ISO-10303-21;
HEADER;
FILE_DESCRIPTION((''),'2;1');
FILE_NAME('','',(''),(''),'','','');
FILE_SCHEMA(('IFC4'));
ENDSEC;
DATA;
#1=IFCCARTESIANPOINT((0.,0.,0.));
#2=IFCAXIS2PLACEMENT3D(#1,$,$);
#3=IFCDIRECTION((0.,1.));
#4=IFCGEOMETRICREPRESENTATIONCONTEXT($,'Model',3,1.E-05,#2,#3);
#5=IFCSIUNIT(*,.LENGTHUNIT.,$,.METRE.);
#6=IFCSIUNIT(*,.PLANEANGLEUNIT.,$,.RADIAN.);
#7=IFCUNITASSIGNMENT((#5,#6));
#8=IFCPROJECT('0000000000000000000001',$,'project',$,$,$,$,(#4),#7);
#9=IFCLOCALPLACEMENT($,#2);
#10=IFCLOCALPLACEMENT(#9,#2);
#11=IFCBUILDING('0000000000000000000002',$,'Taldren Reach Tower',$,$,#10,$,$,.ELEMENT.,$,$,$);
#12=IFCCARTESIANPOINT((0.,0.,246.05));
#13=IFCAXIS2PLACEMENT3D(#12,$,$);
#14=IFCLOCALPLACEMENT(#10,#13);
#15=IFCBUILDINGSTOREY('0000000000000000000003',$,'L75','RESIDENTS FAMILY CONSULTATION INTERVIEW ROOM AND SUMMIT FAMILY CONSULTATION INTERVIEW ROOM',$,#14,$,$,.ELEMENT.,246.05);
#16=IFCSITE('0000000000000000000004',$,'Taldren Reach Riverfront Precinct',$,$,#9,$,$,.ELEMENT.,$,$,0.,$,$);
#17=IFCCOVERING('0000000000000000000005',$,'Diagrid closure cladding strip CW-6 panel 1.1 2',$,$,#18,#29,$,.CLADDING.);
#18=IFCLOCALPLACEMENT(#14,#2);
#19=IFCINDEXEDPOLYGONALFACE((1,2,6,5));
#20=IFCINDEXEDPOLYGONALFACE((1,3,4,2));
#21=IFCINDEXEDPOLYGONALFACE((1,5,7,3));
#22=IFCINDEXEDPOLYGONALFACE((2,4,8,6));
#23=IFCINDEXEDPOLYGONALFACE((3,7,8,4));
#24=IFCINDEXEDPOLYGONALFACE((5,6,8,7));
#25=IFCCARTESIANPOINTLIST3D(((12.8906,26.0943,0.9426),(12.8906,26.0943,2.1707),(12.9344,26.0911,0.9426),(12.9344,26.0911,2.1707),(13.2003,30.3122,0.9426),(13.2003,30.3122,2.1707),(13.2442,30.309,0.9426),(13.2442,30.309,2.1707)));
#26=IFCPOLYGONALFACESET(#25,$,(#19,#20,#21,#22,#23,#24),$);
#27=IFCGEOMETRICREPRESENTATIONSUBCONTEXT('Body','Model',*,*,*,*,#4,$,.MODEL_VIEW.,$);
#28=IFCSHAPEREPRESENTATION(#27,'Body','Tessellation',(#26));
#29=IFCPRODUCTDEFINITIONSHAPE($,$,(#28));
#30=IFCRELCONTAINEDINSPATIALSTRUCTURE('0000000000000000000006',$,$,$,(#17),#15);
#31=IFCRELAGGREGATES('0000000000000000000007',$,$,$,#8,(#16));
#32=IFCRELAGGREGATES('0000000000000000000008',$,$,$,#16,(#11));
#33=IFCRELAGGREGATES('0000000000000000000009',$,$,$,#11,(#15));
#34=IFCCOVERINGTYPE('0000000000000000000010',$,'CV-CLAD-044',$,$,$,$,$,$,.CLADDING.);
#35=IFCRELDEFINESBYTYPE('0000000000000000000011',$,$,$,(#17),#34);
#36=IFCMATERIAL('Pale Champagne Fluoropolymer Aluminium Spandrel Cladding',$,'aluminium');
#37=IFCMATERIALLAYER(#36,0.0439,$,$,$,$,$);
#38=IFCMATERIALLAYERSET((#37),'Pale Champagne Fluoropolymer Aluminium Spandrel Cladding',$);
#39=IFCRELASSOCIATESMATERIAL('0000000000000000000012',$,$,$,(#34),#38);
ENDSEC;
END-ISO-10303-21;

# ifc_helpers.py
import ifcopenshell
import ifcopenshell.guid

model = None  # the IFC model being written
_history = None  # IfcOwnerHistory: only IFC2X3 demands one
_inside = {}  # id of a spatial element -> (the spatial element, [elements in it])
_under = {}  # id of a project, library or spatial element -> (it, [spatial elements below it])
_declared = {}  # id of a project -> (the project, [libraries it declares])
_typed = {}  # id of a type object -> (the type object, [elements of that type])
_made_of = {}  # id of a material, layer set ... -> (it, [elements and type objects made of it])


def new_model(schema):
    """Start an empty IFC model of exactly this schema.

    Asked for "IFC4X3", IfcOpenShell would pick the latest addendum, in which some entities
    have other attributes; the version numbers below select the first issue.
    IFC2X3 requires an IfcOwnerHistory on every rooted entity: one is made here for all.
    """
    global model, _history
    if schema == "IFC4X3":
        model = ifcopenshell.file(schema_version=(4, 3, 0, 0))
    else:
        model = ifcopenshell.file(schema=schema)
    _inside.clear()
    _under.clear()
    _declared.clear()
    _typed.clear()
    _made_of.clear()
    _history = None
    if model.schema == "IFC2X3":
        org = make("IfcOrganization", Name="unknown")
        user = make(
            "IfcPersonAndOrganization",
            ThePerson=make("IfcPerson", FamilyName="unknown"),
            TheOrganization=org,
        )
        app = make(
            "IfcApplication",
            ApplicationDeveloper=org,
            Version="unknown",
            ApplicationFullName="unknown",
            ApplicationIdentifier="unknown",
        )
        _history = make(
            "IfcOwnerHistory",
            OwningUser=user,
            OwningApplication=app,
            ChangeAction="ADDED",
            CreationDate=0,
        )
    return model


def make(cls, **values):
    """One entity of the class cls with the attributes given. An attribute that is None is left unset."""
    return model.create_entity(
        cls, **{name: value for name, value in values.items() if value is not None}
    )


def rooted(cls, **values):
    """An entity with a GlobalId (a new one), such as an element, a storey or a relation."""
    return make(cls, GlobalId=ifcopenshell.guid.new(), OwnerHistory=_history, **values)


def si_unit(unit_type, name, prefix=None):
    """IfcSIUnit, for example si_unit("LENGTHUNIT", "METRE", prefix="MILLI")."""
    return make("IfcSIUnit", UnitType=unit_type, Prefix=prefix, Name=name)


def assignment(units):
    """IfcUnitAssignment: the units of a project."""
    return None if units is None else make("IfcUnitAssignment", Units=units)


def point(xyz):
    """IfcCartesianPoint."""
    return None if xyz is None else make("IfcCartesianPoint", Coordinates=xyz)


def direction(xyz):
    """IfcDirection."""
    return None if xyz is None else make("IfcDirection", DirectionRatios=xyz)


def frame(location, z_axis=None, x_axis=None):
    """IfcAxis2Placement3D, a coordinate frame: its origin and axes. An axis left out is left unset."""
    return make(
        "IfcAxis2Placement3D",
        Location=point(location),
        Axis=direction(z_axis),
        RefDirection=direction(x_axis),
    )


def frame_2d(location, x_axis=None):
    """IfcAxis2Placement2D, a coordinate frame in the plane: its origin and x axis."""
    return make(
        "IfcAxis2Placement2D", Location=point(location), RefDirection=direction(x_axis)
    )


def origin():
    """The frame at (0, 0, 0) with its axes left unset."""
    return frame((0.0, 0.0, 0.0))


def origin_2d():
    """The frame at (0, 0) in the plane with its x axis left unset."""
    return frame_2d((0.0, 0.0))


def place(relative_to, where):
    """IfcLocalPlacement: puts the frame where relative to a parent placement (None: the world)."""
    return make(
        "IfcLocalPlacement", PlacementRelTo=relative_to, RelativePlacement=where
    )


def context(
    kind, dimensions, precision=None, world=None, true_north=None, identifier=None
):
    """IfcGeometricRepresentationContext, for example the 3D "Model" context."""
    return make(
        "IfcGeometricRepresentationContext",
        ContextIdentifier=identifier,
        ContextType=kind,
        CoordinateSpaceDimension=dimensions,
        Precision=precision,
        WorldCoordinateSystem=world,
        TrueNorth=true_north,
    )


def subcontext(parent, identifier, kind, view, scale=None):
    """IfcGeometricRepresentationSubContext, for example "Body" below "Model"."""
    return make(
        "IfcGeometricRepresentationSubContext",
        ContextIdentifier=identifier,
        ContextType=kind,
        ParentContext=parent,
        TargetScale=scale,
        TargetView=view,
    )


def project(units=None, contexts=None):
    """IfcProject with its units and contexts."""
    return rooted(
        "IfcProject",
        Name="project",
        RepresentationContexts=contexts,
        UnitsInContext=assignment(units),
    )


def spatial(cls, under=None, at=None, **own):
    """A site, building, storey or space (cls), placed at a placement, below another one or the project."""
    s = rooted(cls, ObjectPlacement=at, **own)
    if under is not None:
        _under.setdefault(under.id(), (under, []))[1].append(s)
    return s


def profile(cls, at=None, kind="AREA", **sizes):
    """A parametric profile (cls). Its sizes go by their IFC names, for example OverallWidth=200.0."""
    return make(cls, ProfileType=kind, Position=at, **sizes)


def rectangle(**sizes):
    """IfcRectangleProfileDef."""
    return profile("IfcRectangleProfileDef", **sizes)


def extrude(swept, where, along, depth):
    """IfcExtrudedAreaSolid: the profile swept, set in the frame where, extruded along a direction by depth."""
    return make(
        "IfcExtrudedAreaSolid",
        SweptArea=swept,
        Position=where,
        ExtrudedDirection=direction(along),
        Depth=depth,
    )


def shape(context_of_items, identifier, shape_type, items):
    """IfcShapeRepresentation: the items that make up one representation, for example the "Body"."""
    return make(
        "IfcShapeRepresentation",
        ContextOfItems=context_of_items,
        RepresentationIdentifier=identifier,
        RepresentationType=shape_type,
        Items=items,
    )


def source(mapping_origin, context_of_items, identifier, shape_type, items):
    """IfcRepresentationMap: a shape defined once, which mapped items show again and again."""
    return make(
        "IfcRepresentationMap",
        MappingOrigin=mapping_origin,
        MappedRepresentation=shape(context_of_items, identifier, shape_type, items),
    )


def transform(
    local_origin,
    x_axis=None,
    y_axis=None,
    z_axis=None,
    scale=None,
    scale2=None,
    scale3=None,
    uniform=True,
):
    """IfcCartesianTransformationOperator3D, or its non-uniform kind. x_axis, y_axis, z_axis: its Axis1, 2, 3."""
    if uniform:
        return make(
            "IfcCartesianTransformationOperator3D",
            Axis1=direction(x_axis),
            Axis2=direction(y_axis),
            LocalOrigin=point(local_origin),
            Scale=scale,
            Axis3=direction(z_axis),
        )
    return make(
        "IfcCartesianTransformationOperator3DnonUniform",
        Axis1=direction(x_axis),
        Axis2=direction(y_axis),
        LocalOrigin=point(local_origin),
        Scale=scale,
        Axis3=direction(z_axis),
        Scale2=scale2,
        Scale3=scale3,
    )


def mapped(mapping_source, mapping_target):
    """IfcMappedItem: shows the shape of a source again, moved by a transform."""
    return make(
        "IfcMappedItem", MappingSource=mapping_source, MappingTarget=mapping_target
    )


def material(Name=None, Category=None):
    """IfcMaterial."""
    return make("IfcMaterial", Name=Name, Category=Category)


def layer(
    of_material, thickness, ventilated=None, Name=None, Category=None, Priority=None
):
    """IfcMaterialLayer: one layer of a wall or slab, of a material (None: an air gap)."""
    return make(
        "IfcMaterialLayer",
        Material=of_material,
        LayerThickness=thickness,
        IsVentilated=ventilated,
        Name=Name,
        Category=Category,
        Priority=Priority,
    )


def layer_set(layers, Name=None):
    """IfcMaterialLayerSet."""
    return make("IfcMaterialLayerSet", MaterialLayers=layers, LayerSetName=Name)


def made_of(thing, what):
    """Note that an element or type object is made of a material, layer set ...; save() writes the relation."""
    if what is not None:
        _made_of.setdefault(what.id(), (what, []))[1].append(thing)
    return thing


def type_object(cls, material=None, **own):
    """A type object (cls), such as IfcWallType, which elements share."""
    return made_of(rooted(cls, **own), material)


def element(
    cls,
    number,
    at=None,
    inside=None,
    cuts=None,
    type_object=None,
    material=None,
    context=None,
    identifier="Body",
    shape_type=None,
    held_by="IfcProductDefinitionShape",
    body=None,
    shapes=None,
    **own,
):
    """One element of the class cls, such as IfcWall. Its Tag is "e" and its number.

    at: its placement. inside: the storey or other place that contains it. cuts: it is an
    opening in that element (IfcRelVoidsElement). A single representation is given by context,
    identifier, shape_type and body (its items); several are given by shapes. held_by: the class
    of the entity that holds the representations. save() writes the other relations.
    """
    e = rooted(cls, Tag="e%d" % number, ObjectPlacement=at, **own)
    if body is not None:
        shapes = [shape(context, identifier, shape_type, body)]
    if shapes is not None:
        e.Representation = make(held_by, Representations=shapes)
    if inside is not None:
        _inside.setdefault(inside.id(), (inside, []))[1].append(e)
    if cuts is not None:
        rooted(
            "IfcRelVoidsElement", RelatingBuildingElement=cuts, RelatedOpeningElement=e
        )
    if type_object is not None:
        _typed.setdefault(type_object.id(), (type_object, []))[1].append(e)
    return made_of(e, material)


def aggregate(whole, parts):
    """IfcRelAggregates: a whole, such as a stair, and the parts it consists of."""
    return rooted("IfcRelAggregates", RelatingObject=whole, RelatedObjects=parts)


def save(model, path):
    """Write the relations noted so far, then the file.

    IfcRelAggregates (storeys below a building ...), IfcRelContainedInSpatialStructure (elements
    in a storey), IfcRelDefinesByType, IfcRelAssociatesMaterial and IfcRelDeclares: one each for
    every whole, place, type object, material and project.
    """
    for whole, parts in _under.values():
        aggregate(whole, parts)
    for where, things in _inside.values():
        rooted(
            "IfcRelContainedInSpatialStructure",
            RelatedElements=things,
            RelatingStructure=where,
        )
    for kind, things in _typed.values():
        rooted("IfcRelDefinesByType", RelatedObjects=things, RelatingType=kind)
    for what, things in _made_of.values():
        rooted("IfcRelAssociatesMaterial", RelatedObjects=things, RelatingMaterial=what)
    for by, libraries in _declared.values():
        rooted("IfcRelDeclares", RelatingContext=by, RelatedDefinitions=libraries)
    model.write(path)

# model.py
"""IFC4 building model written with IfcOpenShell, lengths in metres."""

from ifc_helpers import new_model, si_unit, direction, frame, origin, origin_2d, place, context, subcontext, project, spatial, rectangle, extrude, source, transform, mapped, material, layer, layer_set, type_object, element, save


model = new_model("IFC4")

# Units and contexts
model_context = context("Model", 3, precision=1e-05, world=origin(), true_north=direction((0.0, 1.0)))
body_context = subcontext(model_context, "Body", "Model", "MODEL_VIEW")
ifc_project = project(units=[si_unit("LENGTHUNIT", "METRE"), si_unit("PLANEANGLEUNIT", "RADIAN")], contexts=[model_context])

# Site, building, storey
site_placement = place(None, origin())
site = spatial("IfcSite", under=ifc_project, at=site_placement, Name="Taldren Reach Riverfront Precinct", CompositionType="ELEMENT", RefElevation=0.0)
building_placement = place(site_placement, origin())
building = spatial("IfcBuilding", under=site, at=building_placement, Name="Taldren Reach Tower", CompositionType="ELEMENT")
storey_placement = place(building_placement, frame((0.0, 0.0, 246.05)))
storey = spatial("IfcBuildingStorey", under=building, at=storey_placement, Name="L75", Description="RESIDENTS FAMILY CONSULTATION INTERVIEW ROOM AND SUMMIT FAMILY CONSULTATION INTERVIEW ROOM", CompositionType="ELEMENT", Elevation=246.05)

# Covering
ifc_material_1 = material(Name="Pale Champagne Fluoropolymer Aluminium Spandrel Cladding", Category="aluminium")
ifc_layer_1 = layer(ifc_material_1, 0.0439)
ifc_layer_set_1 = layer_set([ifc_layer_1], Name="Pale Champagne Fluoropolymer Aluminium Spandrel Cladding")
covering_type = type_object("IfcCoveringType", Name="CV-CLAD-044", PredefinedType="CLADDING", material=ifc_layer_set_1)
shared_shape_1 = source(origin(), body_context, "Body", "SweptSolid", [
    extrude(rectangle(XDim=4.2292, YDim=0.0439, at=origin_2d()), origin(), (0.0, 0.0, 1.0), 1.228),
])
covering_placement = place(storey_placement, frame((13.0674, 28.2017, 0.9426), z_axis=(0.0, 0.0, 1.0), x_axis=(-0.073238, -0.997314, 0.0)))
element("IfcCovering", 1, at=covering_placement, inside=storey, type_object=covering_type, Name="Diagrid closure cladding strip CW-6 panel 1.1 2", PredefinedType="CLADDING", context=body_context, shape_type="MappedRepresentation", body=[
    mapped(shared_shape_1, transform((0.0, 0.0, 0.0), scale=1.0)),
])

save(model, "model.ifc")
